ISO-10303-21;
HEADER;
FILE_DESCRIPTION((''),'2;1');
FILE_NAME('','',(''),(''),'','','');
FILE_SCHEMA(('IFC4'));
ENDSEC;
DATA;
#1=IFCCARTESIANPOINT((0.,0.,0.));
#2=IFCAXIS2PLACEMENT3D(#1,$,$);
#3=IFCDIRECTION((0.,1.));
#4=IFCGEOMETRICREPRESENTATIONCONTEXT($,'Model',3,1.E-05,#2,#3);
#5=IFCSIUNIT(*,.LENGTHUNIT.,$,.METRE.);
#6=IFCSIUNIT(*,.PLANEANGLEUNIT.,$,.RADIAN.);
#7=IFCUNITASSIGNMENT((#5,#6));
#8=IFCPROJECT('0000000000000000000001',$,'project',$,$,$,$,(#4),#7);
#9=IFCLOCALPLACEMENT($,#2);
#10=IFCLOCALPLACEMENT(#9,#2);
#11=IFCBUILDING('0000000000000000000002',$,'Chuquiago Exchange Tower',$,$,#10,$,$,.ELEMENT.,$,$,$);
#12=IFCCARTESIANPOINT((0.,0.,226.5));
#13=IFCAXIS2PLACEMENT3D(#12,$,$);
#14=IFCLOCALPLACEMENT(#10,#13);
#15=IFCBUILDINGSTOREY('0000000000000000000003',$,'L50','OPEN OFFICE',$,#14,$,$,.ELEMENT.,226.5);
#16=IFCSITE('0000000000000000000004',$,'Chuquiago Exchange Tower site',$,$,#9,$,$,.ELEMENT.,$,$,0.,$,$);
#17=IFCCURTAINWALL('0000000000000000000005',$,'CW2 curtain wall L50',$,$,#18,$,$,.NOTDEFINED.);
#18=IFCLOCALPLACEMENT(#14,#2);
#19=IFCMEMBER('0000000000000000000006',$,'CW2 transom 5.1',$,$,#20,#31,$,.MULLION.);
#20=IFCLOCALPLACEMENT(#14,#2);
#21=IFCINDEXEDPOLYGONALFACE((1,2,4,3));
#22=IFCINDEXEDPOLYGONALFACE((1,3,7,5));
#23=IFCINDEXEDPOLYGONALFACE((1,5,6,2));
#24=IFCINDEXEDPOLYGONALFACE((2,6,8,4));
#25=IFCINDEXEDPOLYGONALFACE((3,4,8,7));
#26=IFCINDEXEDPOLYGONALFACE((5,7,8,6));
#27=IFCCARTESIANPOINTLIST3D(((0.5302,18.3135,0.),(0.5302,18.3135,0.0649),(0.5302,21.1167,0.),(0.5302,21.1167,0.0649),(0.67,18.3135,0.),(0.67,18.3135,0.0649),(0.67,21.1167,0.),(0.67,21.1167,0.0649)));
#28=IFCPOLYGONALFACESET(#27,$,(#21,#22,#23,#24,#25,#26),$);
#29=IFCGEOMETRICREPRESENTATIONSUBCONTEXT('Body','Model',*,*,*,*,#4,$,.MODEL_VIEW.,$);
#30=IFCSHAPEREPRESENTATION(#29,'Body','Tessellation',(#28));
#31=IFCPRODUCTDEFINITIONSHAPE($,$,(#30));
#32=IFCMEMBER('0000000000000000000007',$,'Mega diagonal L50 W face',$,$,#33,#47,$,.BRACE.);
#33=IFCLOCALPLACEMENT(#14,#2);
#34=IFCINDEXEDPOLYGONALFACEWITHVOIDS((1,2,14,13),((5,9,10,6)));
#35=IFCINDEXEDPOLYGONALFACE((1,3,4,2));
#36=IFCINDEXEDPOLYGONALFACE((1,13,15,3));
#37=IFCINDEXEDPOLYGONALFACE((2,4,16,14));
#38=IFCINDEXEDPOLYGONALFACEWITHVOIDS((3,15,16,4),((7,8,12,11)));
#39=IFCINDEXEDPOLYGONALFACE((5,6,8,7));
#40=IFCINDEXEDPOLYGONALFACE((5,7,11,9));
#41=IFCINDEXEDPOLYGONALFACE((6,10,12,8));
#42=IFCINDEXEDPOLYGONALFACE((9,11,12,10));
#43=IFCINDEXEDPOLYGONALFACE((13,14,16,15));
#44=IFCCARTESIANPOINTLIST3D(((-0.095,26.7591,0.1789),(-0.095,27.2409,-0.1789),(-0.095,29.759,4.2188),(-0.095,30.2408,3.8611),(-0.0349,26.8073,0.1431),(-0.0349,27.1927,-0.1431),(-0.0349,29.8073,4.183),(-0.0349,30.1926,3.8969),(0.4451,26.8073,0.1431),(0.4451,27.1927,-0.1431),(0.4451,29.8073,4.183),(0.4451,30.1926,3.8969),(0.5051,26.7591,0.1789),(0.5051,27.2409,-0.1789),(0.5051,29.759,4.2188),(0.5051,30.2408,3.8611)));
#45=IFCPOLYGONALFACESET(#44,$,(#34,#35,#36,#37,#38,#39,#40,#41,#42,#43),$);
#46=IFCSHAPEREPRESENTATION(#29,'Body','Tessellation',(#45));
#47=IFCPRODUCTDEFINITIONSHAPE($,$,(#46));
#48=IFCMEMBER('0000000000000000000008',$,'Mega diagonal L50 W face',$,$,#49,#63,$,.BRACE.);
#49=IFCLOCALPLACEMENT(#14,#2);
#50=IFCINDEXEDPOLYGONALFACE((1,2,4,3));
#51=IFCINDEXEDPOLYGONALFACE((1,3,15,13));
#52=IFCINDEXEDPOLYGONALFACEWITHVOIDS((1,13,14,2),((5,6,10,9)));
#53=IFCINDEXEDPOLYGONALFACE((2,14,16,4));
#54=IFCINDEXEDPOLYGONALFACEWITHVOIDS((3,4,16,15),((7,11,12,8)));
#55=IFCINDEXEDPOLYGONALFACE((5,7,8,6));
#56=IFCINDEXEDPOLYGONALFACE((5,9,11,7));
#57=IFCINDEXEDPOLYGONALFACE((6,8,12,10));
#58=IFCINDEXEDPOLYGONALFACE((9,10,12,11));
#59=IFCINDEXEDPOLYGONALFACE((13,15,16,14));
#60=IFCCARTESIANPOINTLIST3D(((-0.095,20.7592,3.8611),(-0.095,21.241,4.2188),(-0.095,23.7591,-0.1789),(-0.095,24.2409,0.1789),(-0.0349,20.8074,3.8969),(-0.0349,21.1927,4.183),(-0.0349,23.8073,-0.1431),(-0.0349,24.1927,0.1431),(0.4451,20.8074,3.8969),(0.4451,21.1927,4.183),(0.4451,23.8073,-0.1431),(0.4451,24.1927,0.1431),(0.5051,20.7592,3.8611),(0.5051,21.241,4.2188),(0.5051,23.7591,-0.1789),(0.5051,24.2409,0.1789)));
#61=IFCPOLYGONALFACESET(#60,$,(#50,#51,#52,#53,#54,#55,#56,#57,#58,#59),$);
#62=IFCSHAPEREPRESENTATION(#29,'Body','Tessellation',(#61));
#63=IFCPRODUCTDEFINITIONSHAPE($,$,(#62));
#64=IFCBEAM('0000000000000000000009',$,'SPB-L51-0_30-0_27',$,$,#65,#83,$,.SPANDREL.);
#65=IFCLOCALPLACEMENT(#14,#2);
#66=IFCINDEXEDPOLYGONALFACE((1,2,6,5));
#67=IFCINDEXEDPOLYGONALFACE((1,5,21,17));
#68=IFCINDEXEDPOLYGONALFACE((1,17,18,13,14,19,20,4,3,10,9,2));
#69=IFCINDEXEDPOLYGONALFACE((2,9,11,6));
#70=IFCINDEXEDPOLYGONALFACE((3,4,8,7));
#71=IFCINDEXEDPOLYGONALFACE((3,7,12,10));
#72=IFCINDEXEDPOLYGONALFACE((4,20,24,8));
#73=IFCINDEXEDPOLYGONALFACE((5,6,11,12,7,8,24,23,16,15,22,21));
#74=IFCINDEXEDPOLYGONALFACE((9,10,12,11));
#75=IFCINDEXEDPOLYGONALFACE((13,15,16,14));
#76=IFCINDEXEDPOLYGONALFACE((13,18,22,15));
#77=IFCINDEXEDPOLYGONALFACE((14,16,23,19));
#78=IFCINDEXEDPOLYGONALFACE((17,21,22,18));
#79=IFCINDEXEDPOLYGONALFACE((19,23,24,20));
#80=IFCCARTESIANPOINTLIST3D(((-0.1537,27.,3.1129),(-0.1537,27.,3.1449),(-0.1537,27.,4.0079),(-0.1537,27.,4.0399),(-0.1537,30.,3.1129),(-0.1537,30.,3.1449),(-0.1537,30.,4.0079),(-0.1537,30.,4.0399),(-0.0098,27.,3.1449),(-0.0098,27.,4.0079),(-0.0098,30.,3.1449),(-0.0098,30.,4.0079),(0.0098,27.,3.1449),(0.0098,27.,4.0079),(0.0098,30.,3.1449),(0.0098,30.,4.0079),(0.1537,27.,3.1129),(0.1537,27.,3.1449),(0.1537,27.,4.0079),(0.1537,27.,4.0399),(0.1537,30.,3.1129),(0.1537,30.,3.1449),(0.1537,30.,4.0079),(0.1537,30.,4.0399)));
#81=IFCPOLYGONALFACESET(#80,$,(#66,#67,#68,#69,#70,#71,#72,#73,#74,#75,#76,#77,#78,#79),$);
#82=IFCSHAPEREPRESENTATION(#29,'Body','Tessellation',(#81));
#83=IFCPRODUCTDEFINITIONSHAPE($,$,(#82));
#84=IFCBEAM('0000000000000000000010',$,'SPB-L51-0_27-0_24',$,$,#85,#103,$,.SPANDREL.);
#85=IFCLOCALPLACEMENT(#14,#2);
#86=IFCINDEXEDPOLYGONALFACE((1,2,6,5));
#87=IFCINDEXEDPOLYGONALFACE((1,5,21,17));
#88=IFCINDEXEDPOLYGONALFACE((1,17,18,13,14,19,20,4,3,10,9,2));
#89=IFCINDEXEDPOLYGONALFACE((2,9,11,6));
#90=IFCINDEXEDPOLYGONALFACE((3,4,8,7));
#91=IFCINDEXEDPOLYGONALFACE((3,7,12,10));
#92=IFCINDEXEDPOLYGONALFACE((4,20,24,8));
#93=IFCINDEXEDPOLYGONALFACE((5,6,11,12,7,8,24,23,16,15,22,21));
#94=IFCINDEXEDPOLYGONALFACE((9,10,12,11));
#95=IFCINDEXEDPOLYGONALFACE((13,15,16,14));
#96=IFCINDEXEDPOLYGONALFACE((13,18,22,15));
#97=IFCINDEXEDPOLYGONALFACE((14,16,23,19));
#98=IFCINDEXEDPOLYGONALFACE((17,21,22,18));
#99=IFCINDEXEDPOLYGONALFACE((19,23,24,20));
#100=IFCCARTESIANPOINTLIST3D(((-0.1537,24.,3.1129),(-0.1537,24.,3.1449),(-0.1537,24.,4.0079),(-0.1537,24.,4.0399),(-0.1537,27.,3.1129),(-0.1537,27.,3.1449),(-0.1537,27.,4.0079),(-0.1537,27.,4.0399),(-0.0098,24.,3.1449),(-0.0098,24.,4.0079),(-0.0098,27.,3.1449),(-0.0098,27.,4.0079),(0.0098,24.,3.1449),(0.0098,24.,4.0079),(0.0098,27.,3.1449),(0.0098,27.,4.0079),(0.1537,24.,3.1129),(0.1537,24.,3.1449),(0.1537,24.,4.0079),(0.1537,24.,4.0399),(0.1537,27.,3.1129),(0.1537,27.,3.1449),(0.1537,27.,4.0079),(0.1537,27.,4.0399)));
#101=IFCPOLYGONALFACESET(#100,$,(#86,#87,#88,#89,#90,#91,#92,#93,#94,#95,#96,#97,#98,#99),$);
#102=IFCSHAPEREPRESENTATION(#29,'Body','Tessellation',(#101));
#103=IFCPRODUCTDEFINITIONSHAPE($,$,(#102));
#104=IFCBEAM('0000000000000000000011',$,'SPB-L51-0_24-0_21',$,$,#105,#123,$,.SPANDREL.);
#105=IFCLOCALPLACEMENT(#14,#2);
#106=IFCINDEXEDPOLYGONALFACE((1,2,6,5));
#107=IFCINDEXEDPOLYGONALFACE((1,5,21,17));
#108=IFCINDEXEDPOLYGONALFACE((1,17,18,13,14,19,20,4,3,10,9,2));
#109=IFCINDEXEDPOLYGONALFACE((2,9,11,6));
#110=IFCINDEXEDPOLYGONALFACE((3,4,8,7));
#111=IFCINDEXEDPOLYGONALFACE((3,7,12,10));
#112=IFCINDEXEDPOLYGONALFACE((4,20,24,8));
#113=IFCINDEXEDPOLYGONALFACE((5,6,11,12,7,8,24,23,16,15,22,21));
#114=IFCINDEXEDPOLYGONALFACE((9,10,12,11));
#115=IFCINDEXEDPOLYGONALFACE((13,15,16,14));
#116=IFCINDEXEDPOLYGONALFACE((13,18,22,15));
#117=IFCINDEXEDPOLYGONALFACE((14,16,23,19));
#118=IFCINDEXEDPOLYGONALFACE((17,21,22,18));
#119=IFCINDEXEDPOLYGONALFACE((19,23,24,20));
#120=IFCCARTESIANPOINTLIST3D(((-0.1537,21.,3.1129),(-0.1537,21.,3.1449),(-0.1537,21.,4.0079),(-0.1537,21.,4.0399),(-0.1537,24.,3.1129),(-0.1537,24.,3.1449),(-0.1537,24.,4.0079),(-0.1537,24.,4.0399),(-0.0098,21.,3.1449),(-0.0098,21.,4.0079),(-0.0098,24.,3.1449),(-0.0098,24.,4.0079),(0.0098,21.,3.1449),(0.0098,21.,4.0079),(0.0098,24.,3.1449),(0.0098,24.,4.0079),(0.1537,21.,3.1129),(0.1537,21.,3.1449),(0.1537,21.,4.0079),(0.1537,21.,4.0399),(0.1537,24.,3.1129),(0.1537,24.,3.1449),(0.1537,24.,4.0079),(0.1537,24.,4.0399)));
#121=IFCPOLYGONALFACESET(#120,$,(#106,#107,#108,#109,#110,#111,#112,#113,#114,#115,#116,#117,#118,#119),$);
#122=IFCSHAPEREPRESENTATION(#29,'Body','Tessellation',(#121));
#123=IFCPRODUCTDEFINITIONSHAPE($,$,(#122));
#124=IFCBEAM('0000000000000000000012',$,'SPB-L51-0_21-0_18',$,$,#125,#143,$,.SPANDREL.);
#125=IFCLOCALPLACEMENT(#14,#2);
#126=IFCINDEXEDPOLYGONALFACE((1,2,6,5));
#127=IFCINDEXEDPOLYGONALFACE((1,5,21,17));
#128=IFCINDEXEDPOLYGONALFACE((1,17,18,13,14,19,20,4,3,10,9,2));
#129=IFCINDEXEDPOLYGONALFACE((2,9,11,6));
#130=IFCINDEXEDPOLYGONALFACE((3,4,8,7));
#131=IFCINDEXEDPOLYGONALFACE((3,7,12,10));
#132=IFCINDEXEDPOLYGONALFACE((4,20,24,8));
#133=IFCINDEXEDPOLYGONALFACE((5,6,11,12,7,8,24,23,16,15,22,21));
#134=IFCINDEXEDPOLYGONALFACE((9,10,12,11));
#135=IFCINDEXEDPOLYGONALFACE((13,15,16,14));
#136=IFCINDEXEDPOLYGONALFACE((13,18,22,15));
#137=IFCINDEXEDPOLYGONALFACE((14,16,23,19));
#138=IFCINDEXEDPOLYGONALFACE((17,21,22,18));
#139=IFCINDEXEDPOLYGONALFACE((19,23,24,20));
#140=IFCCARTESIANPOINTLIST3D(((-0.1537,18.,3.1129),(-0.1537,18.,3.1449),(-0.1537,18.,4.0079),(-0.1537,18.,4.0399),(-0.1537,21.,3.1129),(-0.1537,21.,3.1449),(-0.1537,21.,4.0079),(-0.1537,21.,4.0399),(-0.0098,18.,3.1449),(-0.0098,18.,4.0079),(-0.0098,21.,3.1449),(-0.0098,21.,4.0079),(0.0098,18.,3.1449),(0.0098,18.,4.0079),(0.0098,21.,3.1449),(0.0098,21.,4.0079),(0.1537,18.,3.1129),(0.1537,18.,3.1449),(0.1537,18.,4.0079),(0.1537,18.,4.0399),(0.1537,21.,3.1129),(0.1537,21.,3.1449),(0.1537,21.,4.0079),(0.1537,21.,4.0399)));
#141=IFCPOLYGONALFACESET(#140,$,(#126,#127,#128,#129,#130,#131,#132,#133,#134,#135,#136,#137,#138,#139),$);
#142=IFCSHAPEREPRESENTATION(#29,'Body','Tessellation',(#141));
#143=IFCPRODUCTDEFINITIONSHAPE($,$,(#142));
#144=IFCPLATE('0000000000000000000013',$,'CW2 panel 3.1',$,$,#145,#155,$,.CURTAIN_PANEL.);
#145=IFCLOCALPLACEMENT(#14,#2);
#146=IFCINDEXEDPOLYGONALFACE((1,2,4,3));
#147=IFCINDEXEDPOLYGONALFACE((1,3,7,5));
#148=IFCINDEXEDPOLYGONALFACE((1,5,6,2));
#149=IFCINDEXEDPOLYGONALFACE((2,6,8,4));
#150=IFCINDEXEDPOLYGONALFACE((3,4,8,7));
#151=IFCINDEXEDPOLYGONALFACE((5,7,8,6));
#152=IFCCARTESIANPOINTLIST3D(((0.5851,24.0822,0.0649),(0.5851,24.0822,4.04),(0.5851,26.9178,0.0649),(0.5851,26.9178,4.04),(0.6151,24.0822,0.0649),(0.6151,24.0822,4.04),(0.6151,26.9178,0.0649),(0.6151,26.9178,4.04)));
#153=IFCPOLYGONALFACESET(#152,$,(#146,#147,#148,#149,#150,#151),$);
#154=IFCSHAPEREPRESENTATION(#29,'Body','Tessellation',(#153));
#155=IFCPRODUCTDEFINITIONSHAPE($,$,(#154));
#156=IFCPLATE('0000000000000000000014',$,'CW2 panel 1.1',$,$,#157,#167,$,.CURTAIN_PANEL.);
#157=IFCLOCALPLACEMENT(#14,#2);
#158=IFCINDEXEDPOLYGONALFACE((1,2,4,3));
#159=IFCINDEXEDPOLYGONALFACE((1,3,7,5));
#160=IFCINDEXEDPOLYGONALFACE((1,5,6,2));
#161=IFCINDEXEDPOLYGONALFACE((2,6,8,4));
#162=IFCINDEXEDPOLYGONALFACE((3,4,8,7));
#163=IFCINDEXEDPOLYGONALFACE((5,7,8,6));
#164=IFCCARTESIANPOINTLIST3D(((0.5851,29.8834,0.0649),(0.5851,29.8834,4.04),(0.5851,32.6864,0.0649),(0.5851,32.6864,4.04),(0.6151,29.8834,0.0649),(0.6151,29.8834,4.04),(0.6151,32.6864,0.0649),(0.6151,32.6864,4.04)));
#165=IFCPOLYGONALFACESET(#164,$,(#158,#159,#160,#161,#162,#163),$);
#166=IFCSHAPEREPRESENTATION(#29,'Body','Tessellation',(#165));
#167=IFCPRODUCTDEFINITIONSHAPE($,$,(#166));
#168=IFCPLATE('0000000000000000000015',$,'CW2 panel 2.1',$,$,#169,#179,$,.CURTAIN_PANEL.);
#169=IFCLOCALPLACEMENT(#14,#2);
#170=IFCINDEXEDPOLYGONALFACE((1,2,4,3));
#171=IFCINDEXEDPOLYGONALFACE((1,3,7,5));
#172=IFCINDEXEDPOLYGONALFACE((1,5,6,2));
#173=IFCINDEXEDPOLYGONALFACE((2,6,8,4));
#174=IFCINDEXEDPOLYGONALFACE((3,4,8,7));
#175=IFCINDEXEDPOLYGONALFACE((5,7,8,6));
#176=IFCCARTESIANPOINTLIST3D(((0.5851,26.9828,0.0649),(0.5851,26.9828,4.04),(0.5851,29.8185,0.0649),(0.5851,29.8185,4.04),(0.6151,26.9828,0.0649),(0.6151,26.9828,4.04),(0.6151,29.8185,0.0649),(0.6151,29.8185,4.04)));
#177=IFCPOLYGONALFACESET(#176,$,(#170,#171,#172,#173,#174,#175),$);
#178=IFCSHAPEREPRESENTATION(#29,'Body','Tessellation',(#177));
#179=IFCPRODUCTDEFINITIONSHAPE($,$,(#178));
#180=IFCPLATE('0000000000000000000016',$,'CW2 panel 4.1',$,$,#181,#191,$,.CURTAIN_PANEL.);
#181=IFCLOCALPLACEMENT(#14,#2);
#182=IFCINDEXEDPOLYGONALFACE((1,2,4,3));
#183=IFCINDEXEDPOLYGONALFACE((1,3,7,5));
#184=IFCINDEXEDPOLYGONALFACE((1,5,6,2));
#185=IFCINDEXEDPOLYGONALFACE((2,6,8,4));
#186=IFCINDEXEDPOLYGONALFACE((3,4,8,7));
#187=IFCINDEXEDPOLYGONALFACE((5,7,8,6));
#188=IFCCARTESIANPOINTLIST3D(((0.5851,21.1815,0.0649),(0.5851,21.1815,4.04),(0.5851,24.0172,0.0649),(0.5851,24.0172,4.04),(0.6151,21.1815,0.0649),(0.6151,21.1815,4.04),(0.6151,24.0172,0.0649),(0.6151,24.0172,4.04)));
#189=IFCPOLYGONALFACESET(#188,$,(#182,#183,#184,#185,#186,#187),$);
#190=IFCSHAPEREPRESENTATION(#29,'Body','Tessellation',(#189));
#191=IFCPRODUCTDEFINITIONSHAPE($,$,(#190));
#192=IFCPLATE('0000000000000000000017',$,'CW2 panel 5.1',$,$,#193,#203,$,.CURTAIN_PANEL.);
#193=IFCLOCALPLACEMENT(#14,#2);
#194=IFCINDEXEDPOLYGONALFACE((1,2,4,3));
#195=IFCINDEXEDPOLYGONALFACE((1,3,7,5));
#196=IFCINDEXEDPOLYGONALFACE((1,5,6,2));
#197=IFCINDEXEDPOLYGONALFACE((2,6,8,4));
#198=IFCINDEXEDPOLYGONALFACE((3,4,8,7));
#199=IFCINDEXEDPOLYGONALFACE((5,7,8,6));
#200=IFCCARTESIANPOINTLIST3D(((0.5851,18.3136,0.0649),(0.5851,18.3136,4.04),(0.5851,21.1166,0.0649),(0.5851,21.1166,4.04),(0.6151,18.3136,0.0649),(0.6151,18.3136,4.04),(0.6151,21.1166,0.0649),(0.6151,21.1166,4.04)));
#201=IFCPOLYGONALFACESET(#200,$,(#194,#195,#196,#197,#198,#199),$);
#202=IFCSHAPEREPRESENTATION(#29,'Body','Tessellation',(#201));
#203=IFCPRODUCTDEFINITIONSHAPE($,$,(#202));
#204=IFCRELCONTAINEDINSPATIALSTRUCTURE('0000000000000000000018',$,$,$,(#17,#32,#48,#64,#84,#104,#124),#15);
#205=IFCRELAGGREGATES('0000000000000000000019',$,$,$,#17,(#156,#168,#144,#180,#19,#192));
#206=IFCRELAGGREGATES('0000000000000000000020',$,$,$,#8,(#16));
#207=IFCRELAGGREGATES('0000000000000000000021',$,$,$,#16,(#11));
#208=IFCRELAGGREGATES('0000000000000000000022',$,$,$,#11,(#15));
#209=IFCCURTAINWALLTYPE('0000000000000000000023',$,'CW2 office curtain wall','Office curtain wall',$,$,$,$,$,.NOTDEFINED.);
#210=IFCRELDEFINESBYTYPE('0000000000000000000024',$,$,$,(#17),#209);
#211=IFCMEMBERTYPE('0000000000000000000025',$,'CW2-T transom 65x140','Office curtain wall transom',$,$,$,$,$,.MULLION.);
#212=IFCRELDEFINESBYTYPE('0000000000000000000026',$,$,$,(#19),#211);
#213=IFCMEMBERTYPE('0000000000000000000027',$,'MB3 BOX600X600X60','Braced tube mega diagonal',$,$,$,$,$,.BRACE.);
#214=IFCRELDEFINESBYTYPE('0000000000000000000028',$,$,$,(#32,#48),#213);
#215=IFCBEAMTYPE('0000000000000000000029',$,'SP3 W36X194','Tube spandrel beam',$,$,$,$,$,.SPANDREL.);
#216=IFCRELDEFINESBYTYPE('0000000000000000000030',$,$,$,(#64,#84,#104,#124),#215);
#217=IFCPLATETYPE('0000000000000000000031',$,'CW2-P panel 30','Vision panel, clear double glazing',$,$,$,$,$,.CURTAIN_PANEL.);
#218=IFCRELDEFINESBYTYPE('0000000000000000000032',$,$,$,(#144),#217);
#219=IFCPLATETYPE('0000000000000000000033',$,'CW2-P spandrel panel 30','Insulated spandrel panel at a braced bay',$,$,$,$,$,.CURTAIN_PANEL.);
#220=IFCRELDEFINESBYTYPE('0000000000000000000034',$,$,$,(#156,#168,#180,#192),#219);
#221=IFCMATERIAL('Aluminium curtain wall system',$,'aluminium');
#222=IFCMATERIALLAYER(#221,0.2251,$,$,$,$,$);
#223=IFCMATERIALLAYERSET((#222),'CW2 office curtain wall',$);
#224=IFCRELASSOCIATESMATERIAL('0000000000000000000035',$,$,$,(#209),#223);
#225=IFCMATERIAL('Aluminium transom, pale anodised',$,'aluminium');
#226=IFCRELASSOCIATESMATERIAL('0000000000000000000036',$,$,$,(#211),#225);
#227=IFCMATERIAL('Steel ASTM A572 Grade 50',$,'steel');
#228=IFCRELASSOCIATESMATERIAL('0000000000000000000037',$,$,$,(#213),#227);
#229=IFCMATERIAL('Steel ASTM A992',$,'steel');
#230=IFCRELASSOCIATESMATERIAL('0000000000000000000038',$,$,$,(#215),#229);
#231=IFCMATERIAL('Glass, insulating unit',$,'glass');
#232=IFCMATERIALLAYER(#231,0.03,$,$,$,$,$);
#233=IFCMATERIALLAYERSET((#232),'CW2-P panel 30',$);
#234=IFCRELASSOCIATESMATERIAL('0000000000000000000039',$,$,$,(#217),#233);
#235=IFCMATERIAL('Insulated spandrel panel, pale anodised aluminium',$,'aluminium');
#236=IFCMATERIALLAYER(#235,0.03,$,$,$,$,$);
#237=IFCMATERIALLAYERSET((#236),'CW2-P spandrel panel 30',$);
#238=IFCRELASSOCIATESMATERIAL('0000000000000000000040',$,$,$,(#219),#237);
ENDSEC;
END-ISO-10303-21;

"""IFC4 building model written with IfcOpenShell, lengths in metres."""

from ifc_helpers import new_model, si_unit, direction, frame, origin, origin_2d, place, context, subcontext, project, spatial, rectangle, hollow_rectangle, i_section, extrude, material, layer, layer_set, material_profile, profile_set, type_object, element, aggregate, save


model = new_model("IFC4")

# Units and contexts
model_context = context("Model", 3, precision=1e-05, world=origin(), true_north=direction((0.0, 1.0)))
body_context = subcontext(model_context, "Body", "Model", "MODEL_VIEW")
ifc_project = project(units=[si_unit("LENGTHUNIT", "METRE"), si_unit("PLANEANGLEUNIT", "RADIAN")], contexts=[model_context])

# Site, building, storey
site_placement = place(None, origin())
site = spatial("IfcSite", under=ifc_project, at=site_placement, Name="Chuquiago Exchange Tower site", CompositionType="ELEMENT", RefElevation=0.0)
building_placement = place(site_placement, origin())
building = spatial("IfcBuilding", under=site, at=building_placement, Name="Chuquiago Exchange Tower", CompositionType="ELEMENT")
storey_placement = place(building_placement, frame((0.0, 0.0, 226.5)))
storey = spatial("IfcBuildingStorey", under=building, at=storey_placement, Name="L50", Description="OPEN OFFICE", CompositionType="ELEMENT", Elevation=226.5)

# Curtain wall, member
ifc_material_1 = material(Name="Aluminium curtain wall system", Category="aluminium")
ifc_layer_1 = layer(ifc_material_1, 0.2251)
ifc_layer_set_1 = layer_set([ifc_layer_1], Name="CW2 office curtain wall")
curtain_wall_type = type_object("IfcCurtainWallType", Name="CW2 office curtain wall", Description="Office curtain wall", PredefinedType="NOTDEFINED", material=ifc_layer_set_1)
curtain_wall_placement = place(storey_placement, origin())
curtain_wall = element("IfcCurtainWall", 1, at=curtain_wall_placement, inside=storey, type_object=curtain_wall_type, Name="CW2 curtain wall L50", PredefinedType="NOTDEFINED")
ifc_material_2 = material(Name="Aluminium transom, pale anodised", Category="aluminium")
ifc_material_profile_1 = material_profile(ifc_material_2, rectangle(XDim=0.1399, YDim=0.0649, at=origin_2d()), Name="AL 140x65")
ifc_profile_set_1 = profile_set([ifc_material_profile_1], Name="Aluminium transom, pale anodised")
member_type_1 = type_object("IfcMemberType", Name="CW2-T transom 65x140", Description="Office curtain wall transom", PredefinedType="MULLION", material=ifc_profile_set_1)
member_1_placement = place(storey_placement, frame((0.6001, 21.1167, 0.0325), z_axis=(0.0, -1.0, 0.0), x_axis=(1.0, 0.0, 0.0)))
member_1 = element("IfcMember", 2, at=member_1_placement, type_object=member_type_1, Name="CW2 transom 5.1", PredefinedType="MULLION", context=body_context, shape_type="SweptSolid", body=[
    extrude(rectangle(XDim=0.1399, YDim=0.0649, at=origin_2d()), origin(), (0.0, 0.0, 1.0), 2.8032),
])

# Members
ifc_material_3 = material(Name="Steel ASTM A572 Grade 50", Category="steel")
ifc_material_profile_2 = material_profile(ifc_material_3, hollow_rectangle(XDim=0.6001, YDim=0.6001, WallThickness=0.0601, at=origin_2d()), Name="BOX600X600X60")
ifc_profile_set_2 = profile_set([ifc_material_profile_2], Name="Steel ASTM A572 Grade 50")
member_type_2 = type_object("IfcMemberType", Name="MB3 BOX600X600X60", Description="Braced tube mega diagonal", PredefinedType="BRACE", material=ifc_profile_set_2)
for number, where, z_axis, x_axis, name in (
    (3, (0.2051, 27.0, 0.0), (0.0, 0.596174, 0.802855), (-1.0, 0.0, 0.0), "Mega diagonal L50 W face"),
    (4, (0.2051, 24.0, 0.0), (0.0, -0.596174, 0.802855), (1.0, 0.0, 0.0), "Mega diagonal L50 W face"),
):
    element("IfcMember", number, at=place(storey_placement, frame(where, z_axis=z_axis, x_axis=x_axis)), inside=storey, type_object=member_type_2, Name=name, PredefinedType="BRACE", context=body_context, shape_type="SweptSolid", body=[
        extrude(hollow_rectangle(XDim=0.6001, YDim=0.6001, WallThickness=0.0601, at=origin_2d()), origin(), (0.0, 0.0, 1.0), 5.032),
    ])

# Beams
ifc_material_4 = material(Name="Steel ASTM A992", Category="steel")
ifc_material_profile_3 = material_profile(ifc_material_4, i_section(OverallWidth=0.3074, OverallDepth=0.927, WebThickness=0.0195, FlangeThickness=0.032, at=origin_2d()), Name="W36X194")
ifc_profile_set_3 = profile_set([ifc_material_profile_3], Name="Steel ASTM A992")
beam_type = type_object("IfcBeamType", Name="SP3 W36X194", Description="Tube spandrel beam", PredefinedType="SPANDREL", material=ifc_profile_set_3)
for number, where, z_axis, x_axis, name in (
    (5, (0.0, 30.0, 3.5764), (0.0, -1.0, 0.0), (1.0, 0.0, 0.0), "SPB-L51-0_30-0_27"),
    (6, (0.0, 27.0, 3.5764), (0.0, -1.0, 0.0), (1.0, 0.0, 0.0), "SPB-L51-0_27-0_24"),
    (7, (0.0, 24.0, 3.5764), (0.0, -1.0, 0.0), (1.0, 0.0, 0.0), "SPB-L51-0_24-0_21"),
    (8, (0.0, 21.0, 3.5764), (0.0, -1.0, 0.0), (1.0, 0.0, 0.0), "SPB-L51-0_21-0_18"),
):
    element("IfcBeam", number, at=place(storey_placement, frame(where, z_axis=z_axis, x_axis=x_axis)), inside=storey, type_object=beam_type, Name=name, PredefinedType="SPANDREL", context=body_context, shape_type="SweptSolid", body=[
        extrude(i_section(OverallWidth=0.3074, OverallDepth=0.927, WebThickness=0.0195, FlangeThickness=0.032, at=origin_2d()), origin(), (0.0, 0.0, 1.0), 3.0),
    ])

# Plates
ifc_material_5 = material(Name="Glass, insulating unit", Category="glass")
ifc_layer_2 = layer(ifc_material_5, 0.03)
ifc_layer_set_2 = layer_set([ifc_layer_2], Name="CW2-P panel 30")
plate_type_1 = type_object("IfcPlateType", Name="CW2-P panel 30", Description="Vision panel, clear double glazing", PredefinedType="CURTAIN_PANEL", material=ifc_layer_set_2)
plate_1_placement = place(storey_placement, frame((0.6001, 25.5, 0.0649), z_axis=(0.0, 0.0, 1.0), x_axis=(0.0, -1.0, 0.0)))
plate_1 = element("IfcPlate", 9, at=plate_1_placement, type_object=plate_type_1, Name="CW2 panel 3.1", PredefinedType="CURTAIN_PANEL", context=body_context, shape_type="SweptSolid", body=[
    extrude(rectangle(XDim=2.8357, YDim=0.03, at=origin_2d()), origin(), (0.0, 0.0, 1.0), 3.9751),
])
ifc_material_6 = material(Name="Insulated spandrel panel, pale anodised aluminium", Category="aluminium")
ifc_layer_3 = layer(ifc_material_6, 0.03)
ifc_layer_set_3 = layer_set([ifc_layer_3], Name="CW2-P spandrel panel 30")
plate_type_2 = type_object("IfcPlateType", Name="CW2-P spandrel panel 30", Description="Insulated spandrel panel at a braced bay", PredefinedType="CURTAIN_PANEL", material=ifc_layer_set_3)
plate_2_placement = place(storey_placement, frame((0.6001, 31.2849, 0.0649), z_axis=(0.0, 0.0, 1.0), x_axis=(0.0, -1.0, 0.0)))
plate_2 = element("IfcPlate", 10, at=plate_2_placement, type_object=plate_type_2, Name="CW2 panel 1.1", PredefinedType="CURTAIN_PANEL", context=body_context, shape_type="SweptSolid", body=[
    extrude(rectangle(XDim=2.803, YDim=0.03, at=origin_2d()), origin(), (0.0, 0.0, 1.0), 3.9751),
])
plate_3_placement = place(storey_placement, frame((0.6001, 28.4006, 0.0649), z_axis=(0.0, 0.0, 1.0), x_axis=(0.0, -1.0, 0.0)))
plate_3 = element("IfcPlate", 11, at=plate_3_placement, type_object=plate_type_2, Name="CW2 panel 2.1", PredefinedType="CURTAIN_PANEL", context=body_context, shape_type="SweptSolid", body=[
    extrude(rectangle(XDim=2.8357, YDim=0.03, at=origin_2d()), origin(), (0.0, 0.0, 1.0), 3.9751),
])
plate_4_placement = place(storey_placement, frame((0.6001, 22.5994, 0.0649), z_axis=(0.0, 0.0, 1.0), x_axis=(0.0, -1.0, 0.0)))
plate_4 = element("IfcPlate", 12, at=plate_4_placement, type_object=plate_type_2, Name="CW2 panel 4.1", PredefinedType="CURTAIN_PANEL", context=body_context, shape_type="SweptSolid", body=[
    extrude(rectangle(XDim=2.8357, YDim=0.03, at=origin_2d()), origin(), (0.0, 0.0, 1.0), 3.9751),
])
plate_5_placement = place(storey_placement, frame((0.6001, 19.7151, 0.0649), z_axis=(0.0, 0.0, 1.0), x_axis=(0.0, -1.0, 0.0)))
plate_5 = element("IfcPlate", 13, at=plate_5_placement, type_object=plate_type_2, Name="CW2 panel 5.1", PredefinedType="CURTAIN_PANEL", context=body_context, shape_type="SweptSolid", body=[
    extrude(rectangle(XDim=2.803, YDim=0.03, at=origin_2d()), origin(), (0.0, 0.0, 1.0), 3.9751),
])
aggregate(curtain_wall, [plate_2, plate_3, plate_1, plate_4, member_1, plate_5])

save(model, "model.ifc")
